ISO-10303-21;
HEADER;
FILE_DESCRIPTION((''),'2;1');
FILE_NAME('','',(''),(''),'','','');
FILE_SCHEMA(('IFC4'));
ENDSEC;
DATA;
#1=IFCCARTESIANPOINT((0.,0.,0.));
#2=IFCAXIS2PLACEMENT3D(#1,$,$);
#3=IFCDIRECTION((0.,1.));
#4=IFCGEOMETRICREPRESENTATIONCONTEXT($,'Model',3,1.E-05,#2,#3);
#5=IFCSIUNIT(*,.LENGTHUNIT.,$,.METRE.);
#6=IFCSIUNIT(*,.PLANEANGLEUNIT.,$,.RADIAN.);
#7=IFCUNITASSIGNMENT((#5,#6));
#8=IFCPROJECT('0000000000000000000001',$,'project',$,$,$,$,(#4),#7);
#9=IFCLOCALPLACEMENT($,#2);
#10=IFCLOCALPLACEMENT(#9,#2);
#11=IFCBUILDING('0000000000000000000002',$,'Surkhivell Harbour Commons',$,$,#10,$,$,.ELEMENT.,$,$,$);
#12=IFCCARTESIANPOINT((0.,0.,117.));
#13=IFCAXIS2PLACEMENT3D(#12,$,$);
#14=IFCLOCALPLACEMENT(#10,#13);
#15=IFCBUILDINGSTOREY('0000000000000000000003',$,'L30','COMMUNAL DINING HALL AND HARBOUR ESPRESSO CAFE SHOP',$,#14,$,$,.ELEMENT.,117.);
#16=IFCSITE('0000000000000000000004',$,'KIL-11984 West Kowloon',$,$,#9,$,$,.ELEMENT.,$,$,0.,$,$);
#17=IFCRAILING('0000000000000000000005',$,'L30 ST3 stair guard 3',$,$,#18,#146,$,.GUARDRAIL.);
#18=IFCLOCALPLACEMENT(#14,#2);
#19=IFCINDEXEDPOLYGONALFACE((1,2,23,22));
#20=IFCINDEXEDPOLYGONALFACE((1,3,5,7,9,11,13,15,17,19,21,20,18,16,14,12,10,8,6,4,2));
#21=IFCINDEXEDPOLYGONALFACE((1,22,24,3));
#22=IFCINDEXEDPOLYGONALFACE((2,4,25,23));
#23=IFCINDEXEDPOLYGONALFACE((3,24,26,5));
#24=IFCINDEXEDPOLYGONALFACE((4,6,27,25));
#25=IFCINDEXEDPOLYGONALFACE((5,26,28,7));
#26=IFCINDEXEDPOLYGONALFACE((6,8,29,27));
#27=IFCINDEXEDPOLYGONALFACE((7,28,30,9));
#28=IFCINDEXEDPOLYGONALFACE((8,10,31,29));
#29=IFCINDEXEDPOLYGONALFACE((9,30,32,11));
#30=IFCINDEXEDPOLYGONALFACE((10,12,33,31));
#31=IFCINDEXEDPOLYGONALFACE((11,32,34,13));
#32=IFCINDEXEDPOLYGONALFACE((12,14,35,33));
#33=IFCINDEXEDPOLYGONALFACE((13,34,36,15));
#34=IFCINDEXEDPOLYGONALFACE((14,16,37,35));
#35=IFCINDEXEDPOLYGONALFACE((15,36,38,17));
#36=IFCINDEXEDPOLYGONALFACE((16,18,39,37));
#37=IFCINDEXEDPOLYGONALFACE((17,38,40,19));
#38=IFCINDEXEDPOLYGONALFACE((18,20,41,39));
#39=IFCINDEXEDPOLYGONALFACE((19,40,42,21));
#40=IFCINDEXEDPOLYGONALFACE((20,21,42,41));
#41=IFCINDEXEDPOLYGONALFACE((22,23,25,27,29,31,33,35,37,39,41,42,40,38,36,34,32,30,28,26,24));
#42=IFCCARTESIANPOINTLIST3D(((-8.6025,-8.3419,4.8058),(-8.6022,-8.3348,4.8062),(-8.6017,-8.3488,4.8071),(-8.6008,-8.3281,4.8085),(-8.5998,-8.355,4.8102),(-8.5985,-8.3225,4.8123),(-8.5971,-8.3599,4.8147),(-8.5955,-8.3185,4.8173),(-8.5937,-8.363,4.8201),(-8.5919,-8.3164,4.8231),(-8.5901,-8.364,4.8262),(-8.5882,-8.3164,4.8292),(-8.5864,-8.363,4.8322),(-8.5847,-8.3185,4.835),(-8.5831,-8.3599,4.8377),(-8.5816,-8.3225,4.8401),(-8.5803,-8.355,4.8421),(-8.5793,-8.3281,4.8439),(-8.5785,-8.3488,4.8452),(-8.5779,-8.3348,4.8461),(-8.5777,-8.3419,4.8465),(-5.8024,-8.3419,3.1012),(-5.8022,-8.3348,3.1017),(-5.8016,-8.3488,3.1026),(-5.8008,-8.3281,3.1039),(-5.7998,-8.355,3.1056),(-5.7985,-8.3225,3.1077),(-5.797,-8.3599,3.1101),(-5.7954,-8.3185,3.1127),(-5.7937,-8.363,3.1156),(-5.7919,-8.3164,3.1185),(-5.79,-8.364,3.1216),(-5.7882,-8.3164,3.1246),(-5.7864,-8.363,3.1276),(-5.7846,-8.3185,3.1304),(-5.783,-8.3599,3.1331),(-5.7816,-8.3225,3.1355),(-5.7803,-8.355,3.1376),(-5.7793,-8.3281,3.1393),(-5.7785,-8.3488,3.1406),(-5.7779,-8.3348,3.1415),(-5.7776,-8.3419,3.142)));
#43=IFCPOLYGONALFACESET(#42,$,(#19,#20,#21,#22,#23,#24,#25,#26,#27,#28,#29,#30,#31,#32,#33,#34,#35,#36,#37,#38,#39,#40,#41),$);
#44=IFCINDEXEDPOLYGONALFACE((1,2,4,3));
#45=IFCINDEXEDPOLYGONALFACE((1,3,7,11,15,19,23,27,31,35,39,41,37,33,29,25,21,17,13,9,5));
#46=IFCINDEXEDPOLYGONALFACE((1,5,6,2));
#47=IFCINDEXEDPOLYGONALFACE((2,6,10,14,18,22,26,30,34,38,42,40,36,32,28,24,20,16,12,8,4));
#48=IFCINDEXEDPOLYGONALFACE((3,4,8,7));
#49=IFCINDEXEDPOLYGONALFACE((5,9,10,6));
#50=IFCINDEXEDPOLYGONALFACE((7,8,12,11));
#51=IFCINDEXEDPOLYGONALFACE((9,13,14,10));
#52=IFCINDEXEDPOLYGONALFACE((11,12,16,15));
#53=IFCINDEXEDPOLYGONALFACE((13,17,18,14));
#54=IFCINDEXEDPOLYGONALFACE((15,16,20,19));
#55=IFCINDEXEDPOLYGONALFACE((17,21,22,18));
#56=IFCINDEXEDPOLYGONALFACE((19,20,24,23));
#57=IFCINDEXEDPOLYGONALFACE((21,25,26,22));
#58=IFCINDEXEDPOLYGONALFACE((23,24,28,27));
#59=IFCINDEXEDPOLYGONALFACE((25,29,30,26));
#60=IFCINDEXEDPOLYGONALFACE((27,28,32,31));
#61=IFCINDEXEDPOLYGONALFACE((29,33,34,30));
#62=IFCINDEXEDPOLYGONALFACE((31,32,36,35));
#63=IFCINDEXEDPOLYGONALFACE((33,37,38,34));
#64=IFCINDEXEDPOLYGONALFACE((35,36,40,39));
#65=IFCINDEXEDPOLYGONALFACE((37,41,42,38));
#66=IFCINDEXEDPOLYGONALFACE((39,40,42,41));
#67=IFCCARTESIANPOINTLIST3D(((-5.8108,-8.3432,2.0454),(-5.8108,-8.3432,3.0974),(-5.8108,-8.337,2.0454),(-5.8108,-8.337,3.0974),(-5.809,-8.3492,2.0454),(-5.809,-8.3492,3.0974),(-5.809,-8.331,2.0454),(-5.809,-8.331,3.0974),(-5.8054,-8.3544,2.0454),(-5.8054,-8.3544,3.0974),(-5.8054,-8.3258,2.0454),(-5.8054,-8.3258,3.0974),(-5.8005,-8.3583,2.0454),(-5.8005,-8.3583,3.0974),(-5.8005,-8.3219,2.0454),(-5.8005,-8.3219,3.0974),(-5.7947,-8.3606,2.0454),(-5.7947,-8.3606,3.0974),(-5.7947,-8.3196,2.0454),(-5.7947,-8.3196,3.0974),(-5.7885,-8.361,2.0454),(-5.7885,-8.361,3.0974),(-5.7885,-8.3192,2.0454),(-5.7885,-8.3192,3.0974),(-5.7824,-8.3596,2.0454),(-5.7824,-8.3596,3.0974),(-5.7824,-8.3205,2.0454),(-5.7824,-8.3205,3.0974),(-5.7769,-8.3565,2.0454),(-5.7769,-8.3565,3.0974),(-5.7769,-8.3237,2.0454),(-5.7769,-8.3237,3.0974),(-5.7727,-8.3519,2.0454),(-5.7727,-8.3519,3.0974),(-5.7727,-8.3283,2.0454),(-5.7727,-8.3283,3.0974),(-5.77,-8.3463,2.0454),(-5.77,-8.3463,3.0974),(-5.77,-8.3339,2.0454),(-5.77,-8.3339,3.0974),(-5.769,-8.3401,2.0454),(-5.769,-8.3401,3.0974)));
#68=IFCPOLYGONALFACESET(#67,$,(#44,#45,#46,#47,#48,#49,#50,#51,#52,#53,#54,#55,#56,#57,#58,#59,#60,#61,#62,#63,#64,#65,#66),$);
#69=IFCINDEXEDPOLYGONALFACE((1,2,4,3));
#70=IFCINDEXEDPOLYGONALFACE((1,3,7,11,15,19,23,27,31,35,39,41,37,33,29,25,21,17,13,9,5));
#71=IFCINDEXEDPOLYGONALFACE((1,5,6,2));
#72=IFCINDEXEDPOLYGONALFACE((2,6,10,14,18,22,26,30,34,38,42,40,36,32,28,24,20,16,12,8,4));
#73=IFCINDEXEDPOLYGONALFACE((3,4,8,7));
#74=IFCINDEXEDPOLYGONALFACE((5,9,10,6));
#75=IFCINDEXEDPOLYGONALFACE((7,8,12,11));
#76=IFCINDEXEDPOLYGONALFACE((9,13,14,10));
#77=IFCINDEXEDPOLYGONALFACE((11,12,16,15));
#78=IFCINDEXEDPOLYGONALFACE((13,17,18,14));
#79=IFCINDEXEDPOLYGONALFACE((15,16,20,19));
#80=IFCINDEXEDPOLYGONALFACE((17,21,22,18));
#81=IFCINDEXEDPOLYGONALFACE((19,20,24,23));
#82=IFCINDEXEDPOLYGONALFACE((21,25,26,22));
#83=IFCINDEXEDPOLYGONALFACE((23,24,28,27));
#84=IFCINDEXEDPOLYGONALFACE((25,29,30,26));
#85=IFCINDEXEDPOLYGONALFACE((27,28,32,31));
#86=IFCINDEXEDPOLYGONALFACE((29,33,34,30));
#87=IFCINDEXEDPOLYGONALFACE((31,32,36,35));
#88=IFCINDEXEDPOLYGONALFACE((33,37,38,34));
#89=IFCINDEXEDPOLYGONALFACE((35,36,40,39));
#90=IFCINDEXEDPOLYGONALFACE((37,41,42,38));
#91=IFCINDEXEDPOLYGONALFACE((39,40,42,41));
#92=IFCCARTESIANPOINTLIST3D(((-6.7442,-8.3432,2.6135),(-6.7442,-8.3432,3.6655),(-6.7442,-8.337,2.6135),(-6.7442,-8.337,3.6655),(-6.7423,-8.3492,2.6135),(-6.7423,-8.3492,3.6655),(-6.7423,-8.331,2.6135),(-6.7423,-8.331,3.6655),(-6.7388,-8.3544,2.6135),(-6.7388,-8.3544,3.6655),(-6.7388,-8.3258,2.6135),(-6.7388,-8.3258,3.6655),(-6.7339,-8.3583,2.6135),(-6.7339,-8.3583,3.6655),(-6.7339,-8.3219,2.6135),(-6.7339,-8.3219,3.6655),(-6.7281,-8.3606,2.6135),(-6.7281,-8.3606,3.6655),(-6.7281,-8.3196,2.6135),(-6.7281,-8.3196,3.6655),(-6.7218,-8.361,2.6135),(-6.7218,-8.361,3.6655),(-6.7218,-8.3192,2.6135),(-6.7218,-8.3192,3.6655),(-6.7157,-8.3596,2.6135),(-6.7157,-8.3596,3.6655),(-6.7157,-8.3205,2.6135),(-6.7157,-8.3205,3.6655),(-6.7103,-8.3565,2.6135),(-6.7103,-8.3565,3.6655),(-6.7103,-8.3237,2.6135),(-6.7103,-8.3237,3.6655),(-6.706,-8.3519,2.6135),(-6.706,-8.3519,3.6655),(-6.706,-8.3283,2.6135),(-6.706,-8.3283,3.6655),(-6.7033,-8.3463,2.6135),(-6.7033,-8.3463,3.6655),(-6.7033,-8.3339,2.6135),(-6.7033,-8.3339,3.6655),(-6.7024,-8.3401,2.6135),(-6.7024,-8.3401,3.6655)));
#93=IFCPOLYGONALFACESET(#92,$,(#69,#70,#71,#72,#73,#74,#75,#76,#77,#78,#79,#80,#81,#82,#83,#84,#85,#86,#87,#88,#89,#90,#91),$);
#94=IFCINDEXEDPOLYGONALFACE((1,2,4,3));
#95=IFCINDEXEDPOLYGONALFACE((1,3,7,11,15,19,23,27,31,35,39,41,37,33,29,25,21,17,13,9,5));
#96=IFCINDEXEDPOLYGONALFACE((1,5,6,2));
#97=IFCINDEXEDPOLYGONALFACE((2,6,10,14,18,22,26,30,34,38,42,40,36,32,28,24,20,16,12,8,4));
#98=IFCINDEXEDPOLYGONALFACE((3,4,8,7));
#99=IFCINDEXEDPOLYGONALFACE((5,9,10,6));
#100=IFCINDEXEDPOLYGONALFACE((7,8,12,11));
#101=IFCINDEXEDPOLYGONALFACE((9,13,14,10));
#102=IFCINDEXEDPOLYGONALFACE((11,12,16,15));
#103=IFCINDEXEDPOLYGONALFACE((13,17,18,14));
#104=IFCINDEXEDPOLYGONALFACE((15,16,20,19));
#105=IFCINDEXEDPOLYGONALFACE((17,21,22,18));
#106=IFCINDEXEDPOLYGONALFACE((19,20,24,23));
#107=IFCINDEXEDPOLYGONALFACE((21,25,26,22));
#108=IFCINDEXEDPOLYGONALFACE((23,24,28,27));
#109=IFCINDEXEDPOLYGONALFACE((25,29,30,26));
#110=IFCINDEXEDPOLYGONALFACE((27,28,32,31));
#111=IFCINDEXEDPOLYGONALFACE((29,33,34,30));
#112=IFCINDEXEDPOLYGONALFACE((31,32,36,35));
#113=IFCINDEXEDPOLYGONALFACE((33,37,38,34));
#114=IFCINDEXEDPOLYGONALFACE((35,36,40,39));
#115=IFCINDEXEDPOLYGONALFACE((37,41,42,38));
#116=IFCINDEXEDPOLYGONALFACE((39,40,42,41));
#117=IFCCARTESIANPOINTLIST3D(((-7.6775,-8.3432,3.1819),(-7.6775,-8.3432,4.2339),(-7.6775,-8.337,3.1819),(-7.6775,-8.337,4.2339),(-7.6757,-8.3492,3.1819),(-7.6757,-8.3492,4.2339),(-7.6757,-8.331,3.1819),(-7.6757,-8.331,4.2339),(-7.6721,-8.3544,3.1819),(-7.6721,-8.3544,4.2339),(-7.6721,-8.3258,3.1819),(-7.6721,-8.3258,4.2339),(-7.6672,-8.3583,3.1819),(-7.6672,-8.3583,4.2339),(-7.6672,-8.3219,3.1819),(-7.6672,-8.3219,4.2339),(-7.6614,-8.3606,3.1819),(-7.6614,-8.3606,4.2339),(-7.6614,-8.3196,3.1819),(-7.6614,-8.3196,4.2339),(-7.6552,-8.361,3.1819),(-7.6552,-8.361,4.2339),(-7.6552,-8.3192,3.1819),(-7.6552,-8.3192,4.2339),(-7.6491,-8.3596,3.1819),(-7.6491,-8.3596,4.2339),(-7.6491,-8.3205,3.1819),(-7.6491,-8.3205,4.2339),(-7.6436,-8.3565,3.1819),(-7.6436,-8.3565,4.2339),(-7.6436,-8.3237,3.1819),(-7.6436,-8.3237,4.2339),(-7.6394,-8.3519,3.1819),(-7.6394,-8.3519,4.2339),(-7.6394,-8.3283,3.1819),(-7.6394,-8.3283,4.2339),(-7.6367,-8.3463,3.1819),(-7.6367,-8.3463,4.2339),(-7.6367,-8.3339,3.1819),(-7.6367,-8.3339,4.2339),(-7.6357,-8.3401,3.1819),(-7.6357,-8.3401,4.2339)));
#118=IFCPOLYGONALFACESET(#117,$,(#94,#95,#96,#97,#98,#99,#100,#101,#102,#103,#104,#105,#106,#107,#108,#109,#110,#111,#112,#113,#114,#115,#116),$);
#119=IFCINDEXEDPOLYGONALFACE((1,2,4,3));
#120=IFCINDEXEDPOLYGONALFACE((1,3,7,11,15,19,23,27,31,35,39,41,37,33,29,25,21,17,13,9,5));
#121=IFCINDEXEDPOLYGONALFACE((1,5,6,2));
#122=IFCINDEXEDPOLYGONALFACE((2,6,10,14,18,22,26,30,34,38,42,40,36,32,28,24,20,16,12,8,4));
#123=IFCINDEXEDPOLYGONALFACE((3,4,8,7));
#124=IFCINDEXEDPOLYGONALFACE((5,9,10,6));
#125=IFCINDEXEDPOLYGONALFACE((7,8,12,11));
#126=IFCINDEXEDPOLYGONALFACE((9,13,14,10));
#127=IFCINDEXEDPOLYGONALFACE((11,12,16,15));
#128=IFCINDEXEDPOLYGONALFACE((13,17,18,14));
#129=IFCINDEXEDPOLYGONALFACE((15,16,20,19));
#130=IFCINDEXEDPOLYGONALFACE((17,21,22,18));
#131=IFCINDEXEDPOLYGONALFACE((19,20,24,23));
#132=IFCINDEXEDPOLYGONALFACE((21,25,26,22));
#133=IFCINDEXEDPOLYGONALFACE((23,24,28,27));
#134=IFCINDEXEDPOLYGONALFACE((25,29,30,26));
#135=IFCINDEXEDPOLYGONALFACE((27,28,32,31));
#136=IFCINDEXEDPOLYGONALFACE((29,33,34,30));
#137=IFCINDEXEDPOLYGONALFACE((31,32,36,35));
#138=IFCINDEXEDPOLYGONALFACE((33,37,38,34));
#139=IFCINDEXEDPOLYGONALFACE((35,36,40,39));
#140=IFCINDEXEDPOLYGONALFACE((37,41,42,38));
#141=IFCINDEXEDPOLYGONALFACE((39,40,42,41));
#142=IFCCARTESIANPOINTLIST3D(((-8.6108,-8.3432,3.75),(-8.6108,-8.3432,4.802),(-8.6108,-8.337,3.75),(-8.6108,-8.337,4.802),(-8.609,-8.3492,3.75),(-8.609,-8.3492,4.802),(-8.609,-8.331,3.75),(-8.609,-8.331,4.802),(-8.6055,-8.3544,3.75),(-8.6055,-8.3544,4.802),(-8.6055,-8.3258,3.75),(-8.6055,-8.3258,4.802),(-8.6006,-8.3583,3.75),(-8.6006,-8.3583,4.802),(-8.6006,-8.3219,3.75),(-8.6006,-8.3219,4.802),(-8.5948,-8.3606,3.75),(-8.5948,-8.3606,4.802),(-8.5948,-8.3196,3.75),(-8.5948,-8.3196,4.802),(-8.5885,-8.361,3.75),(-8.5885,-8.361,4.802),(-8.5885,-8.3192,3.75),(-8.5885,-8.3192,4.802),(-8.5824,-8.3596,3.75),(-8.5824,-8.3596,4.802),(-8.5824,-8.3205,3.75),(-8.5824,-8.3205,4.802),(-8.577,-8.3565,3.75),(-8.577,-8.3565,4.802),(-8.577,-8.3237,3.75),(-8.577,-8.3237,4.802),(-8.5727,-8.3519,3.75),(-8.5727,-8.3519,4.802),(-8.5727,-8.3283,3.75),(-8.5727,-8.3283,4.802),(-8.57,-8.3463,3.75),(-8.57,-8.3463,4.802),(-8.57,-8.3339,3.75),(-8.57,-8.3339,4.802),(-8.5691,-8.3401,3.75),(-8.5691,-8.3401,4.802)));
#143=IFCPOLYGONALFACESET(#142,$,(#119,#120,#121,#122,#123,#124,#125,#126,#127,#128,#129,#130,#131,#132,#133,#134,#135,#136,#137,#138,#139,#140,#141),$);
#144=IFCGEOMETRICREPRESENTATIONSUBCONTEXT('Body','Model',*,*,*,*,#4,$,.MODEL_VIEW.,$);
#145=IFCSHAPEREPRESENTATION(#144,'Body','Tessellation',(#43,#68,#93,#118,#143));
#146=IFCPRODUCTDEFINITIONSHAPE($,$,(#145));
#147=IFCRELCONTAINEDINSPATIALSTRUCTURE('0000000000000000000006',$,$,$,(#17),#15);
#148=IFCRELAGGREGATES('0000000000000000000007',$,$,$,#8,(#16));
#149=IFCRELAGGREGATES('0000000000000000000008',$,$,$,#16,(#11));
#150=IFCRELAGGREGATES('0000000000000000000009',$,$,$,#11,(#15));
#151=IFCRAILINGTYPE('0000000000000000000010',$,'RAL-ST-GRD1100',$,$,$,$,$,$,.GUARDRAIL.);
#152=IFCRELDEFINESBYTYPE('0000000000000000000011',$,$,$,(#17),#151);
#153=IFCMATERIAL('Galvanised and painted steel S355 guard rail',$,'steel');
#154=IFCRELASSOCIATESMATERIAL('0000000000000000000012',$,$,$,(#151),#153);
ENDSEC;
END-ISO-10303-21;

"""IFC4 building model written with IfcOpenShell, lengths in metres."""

from ifc_helpers import new_model, si_unit, direction, frame, origin, origin_2d, place, context, subcontext, project, spatial, circle, extrude, material, type_object, element, save


model = new_model("IFC4")

# Units and contexts
model_context = context("Model", 3, precision=1e-05, world=origin(), true_north=direction((0.0, 1.0)))
body_context = subcontext(model_context, "Body", "Model", "MODEL_VIEW")
ifc_project = project(units=[si_unit("LENGTHUNIT", "METRE"), si_unit("PLANEANGLEUNIT", "RADIAN")], contexts=[model_context])

# Site, building, storey
site_placement = place(None, origin())
site = spatial("IfcSite", under=ifc_project, at=site_placement, Name="KIL-11984 West Kowloon", CompositionType="ELEMENT", RefElevation=0.0)
building_placement = place(site_placement, origin())
building = spatial("IfcBuilding", under=site, at=building_placement, Name="Surkhivell Harbour Commons", CompositionType="ELEMENT")
storey_placement = place(building_placement, frame((0.0, 0.0, 117.0)))
storey = spatial("IfcBuildingStorey", under=building, at=storey_placement, Name="L30", Description="COMMUNAL DINING HALL AND HARBOUR ESPRESSO CAFE SHOP", CompositionType="ELEMENT", Elevation=117.0)

# Railing
ifc_material_1 = material(Name="Galvanised and painted steel S355 guard rail", Category="steel")
railing_type_1 = type_object("IfcRailingType", Name="RAL-ST-GRD1100", PredefinedType="GUARDRAIL", material=ifc_material_1)
railing_1_placement = place(storey_placement, frame((-5.79, -8.3401, 2.0454)))
element("IfcRailing", 1, at=railing_1_placement, inside=storey, type_object=railing_type_1, Name="L30 ST3 stair guard 3", PredefinedType="GUARDRAIL", context=body_context, shape_type="SweptSolid", body=[
    extrude(circle(Radius=0.0239, at=origin_2d()), frame((0.0, 0.0, 1.0762), z_axis=(-0.85417, 0.0, 0.519994), x_axis=(0.0, -1.0, 0.0)), (0.0, 0.0, 1.0), 3.2781),
    extrude(circle(Radius=0.021, at=origin_2d()), origin(), (0.0, 0.0, 1.0), 1.052),
    extrude(circle(Radius=0.021, at=origin_2d()), frame((-0.9333, 0.0, 0.5681)), (0.0, 0.0, 1.0), 1.052),
    extrude(circle(Radius=0.021, at=origin_2d()), frame((-1.8667, 0.0, 1.1365)), (0.0, 0.0, 1.0), 1.052),
    extrude(circle(Radius=0.021, at=origin_2d()), frame((-2.8, 0.0, 1.7046)), (0.0, 0.0, 1.0), 1.052),
])

save(model, "model.ifc")
